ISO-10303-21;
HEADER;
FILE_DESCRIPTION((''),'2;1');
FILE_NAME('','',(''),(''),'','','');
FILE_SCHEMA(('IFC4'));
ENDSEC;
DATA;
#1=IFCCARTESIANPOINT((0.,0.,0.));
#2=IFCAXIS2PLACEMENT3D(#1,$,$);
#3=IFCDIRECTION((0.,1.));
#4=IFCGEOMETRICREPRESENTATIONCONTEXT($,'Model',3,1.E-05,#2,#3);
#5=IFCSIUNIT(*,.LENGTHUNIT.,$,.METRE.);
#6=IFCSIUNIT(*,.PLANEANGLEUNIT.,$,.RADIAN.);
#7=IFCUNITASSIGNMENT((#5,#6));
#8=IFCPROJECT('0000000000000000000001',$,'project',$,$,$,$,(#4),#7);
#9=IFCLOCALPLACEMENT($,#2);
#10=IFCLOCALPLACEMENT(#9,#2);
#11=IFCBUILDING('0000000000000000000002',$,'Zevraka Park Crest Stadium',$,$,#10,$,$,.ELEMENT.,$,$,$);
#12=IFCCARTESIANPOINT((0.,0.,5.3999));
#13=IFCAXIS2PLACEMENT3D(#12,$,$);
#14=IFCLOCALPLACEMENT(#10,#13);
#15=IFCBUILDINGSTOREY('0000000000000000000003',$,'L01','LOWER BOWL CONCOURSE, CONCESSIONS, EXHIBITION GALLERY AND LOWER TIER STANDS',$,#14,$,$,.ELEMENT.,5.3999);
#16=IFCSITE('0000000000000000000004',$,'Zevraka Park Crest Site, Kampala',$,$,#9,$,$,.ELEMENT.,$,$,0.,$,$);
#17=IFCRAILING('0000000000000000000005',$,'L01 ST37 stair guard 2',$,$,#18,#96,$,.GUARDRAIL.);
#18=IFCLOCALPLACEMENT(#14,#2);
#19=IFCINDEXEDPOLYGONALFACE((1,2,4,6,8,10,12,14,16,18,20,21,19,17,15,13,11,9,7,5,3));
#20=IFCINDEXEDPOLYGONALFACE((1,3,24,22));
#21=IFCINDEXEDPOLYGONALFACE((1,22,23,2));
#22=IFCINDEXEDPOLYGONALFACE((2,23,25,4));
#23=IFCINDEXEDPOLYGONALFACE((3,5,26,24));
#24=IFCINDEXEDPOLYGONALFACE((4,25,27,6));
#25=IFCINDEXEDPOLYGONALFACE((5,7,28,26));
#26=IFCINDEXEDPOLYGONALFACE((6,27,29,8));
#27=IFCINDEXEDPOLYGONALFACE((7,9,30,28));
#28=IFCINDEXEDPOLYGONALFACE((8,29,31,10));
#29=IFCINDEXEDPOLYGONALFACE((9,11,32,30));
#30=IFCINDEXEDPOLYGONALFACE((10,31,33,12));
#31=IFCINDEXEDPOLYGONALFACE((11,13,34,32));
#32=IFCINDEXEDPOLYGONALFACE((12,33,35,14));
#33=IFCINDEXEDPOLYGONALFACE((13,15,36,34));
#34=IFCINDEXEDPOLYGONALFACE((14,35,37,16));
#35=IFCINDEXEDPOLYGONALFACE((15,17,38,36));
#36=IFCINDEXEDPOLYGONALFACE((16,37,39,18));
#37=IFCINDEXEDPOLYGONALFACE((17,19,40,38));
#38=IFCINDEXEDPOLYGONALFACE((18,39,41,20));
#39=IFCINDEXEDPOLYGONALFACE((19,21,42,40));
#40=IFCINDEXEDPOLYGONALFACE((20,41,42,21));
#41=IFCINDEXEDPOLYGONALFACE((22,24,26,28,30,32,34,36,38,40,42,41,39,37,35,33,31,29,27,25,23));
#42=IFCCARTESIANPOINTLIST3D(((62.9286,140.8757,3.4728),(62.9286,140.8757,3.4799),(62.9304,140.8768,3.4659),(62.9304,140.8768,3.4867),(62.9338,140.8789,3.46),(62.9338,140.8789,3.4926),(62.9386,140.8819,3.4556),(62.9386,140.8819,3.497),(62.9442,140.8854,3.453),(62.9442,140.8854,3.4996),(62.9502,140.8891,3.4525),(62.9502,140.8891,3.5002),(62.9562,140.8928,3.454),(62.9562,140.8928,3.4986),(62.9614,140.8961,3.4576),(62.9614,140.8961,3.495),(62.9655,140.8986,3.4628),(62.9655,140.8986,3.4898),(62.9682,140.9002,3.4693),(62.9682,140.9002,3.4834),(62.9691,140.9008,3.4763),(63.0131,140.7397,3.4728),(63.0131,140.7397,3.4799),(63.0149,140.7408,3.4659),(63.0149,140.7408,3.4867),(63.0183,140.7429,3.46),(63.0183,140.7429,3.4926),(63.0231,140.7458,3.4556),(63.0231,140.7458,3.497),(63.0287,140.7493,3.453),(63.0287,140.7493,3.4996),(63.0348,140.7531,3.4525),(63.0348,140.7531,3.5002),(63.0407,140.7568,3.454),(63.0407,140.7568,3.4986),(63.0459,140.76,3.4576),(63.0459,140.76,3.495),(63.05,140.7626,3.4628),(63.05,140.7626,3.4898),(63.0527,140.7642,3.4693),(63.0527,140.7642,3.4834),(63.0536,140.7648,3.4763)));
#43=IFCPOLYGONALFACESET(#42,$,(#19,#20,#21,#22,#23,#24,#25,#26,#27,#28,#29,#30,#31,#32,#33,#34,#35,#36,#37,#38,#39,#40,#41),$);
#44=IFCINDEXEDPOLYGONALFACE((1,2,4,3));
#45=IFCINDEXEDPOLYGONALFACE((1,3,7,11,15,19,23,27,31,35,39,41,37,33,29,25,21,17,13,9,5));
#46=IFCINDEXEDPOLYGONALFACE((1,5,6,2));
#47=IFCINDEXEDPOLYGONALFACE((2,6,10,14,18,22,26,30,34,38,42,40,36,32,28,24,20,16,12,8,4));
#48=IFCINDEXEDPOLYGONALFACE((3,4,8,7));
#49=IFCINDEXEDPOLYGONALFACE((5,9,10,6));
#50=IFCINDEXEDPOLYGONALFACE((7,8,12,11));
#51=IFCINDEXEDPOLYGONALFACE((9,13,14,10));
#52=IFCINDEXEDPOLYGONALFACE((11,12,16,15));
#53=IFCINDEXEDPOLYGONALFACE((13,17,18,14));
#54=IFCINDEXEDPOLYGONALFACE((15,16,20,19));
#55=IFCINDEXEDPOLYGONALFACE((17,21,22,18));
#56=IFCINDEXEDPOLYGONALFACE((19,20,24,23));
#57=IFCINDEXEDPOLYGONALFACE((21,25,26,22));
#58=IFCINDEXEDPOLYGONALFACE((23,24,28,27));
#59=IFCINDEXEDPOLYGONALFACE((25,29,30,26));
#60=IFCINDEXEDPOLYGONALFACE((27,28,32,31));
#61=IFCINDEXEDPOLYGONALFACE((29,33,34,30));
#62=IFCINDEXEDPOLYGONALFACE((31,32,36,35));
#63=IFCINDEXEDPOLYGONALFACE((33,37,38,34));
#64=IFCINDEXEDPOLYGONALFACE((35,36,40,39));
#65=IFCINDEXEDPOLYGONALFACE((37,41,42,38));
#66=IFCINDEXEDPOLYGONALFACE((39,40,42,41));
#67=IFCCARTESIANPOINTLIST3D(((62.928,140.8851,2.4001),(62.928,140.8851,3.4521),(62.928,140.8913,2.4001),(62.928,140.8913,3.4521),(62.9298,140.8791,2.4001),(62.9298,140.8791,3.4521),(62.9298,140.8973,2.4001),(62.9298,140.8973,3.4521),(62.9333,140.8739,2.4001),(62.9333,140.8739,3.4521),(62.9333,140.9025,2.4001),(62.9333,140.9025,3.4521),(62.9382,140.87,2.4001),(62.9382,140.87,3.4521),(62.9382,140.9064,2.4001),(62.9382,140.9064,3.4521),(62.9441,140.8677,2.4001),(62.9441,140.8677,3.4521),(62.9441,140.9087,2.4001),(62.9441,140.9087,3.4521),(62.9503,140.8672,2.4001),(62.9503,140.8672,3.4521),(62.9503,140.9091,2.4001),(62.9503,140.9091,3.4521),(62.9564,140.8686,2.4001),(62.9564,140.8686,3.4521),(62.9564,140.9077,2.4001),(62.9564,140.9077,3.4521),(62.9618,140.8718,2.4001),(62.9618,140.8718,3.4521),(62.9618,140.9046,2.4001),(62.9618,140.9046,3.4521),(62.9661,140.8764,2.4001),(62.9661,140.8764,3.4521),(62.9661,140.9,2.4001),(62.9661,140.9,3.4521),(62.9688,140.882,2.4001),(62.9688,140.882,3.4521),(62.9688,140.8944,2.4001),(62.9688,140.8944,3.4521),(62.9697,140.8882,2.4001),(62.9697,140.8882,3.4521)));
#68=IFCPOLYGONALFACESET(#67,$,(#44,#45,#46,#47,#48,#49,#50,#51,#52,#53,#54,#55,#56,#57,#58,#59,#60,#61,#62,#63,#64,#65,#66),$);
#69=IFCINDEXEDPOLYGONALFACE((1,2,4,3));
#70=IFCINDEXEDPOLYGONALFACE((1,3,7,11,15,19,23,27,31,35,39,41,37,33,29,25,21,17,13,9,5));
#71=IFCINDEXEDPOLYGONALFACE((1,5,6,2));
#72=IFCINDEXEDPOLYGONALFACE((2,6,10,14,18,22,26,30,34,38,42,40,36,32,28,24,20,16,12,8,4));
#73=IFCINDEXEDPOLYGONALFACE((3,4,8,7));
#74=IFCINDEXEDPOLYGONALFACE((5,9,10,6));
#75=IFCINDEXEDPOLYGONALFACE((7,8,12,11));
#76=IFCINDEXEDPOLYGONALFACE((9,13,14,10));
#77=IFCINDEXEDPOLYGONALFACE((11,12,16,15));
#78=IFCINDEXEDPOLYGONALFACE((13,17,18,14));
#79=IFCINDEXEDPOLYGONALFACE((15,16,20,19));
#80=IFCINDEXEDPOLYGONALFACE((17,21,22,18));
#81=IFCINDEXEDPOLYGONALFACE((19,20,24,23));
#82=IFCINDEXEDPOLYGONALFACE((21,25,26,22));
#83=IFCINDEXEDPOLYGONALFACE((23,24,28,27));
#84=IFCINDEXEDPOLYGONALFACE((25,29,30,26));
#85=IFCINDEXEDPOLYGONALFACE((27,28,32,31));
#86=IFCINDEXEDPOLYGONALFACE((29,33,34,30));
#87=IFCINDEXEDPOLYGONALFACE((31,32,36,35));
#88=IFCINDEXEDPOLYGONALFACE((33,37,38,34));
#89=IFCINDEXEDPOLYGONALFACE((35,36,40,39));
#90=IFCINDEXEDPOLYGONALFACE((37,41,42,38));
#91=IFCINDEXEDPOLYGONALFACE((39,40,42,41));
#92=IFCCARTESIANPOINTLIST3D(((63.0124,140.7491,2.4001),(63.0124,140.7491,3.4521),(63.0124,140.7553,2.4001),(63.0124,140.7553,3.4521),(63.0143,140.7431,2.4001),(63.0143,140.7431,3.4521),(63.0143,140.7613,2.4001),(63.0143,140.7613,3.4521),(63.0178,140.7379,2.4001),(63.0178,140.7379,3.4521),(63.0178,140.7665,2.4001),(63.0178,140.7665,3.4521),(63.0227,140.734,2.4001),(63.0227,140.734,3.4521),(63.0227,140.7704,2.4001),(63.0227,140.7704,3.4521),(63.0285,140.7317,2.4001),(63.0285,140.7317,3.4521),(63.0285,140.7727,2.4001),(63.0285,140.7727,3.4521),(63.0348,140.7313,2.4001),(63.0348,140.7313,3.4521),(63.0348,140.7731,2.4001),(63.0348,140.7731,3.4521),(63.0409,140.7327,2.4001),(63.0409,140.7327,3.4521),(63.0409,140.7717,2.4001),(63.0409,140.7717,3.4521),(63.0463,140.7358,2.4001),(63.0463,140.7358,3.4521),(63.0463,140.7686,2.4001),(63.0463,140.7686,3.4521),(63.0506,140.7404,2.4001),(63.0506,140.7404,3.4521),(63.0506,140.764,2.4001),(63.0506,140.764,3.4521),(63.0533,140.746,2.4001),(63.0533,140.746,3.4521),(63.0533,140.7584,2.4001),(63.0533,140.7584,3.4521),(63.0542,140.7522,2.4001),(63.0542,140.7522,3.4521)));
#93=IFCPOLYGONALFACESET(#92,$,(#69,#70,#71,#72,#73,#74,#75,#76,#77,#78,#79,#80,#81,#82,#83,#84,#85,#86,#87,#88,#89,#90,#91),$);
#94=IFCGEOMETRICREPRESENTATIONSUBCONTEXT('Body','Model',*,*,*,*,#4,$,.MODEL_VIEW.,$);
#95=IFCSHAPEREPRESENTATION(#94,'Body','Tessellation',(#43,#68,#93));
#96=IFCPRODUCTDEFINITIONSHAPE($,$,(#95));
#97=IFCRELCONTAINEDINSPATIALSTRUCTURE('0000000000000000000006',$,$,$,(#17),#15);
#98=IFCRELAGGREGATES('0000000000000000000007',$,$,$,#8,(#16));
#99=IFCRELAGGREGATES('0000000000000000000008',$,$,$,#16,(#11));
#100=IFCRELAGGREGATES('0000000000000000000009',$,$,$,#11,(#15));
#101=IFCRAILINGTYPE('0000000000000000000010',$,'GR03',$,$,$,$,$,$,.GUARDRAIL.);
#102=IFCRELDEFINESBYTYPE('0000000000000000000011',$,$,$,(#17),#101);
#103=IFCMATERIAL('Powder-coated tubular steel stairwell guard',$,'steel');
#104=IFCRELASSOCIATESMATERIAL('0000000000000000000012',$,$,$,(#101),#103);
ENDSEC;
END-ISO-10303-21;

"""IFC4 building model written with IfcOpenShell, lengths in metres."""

from ifc_helpers import new_model, si_unit, direction, frame, origin, origin_2d, place, context, subcontext, project, spatial, circle, extrude, material, type_object, element, save


model = new_model("IFC4")

# Units and contexts
model_context = context("Model", 3, precision=1e-05, world=origin(), true_north=direction((0.0, 1.0)))
body_context = subcontext(model_context, "Body", "Model", "MODEL_VIEW")
ifc_project = project(units=[si_unit("LENGTHUNIT", "METRE"), si_unit("PLANEANGLEUNIT", "RADIAN")], contexts=[model_context])

# Site, building, storey
site_placement = place(None, origin())
site = spatial("IfcSite", under=ifc_project, at=site_placement, Name="Zevraka Park Crest Site, Kampala", CompositionType="ELEMENT", RefElevation=0.0)
building_placement = place(site_placement, origin())
building = spatial("IfcBuilding", under=site, at=building_placement, Name="Zevraka Park Crest Stadium", CompositionType="ELEMENT")
storey_placement = place(building_placement, frame((0.0, 0.0, 5.3999)))
storey = spatial("IfcBuildingStorey", under=building, at=storey_placement, Name="L01", Description="LOWER BOWL CONCOURSE, CONCESSIONS, EXHIBITION GALLERY AND LOWER TIER STANDS", CompositionType="ELEMENT", Elevation=5.3999)

# Railing
ifc_material_1 = material(Name="Powder-coated tubular steel stairwell guard", Category="steel")
railing_type_1 = type_object("IfcRailingType", Name="GR03", PredefinedType="GUARDRAIL", material=ifc_material_1)
railing_1_placement = place(storey_placement, frame((62.9487, 140.8882, 2.4001)))
element("IfcRailing", 1, at=railing_1_placement, inside=storey, type_object=railing_type_1, Name="L01 ST37 stair guard 2", PredefinedType="GUARDRAIL", context=body_context, shape_type="SweptSolid", body=[
    extrude(circle(Radius=0.0239, at=origin_2d()), frame((0.0, 0.0, 1.0762), z_axis=(0.527667, -0.849452, 0.0), x_axis=(0.849452, 0.527667, 0.0)), (0.0, 0.0, 1.0), 0.1602),
    extrude(circle(Radius=0.021, at=origin_2d()), origin(), (0.0, 0.0, 1.0), 1.052),
    extrude(circle(Radius=0.021, at=origin_2d()), frame((0.0845, -0.136, 0.0)), (0.0, 0.0, 1.0), 1.052),
])

save(model, "model.ifc")
